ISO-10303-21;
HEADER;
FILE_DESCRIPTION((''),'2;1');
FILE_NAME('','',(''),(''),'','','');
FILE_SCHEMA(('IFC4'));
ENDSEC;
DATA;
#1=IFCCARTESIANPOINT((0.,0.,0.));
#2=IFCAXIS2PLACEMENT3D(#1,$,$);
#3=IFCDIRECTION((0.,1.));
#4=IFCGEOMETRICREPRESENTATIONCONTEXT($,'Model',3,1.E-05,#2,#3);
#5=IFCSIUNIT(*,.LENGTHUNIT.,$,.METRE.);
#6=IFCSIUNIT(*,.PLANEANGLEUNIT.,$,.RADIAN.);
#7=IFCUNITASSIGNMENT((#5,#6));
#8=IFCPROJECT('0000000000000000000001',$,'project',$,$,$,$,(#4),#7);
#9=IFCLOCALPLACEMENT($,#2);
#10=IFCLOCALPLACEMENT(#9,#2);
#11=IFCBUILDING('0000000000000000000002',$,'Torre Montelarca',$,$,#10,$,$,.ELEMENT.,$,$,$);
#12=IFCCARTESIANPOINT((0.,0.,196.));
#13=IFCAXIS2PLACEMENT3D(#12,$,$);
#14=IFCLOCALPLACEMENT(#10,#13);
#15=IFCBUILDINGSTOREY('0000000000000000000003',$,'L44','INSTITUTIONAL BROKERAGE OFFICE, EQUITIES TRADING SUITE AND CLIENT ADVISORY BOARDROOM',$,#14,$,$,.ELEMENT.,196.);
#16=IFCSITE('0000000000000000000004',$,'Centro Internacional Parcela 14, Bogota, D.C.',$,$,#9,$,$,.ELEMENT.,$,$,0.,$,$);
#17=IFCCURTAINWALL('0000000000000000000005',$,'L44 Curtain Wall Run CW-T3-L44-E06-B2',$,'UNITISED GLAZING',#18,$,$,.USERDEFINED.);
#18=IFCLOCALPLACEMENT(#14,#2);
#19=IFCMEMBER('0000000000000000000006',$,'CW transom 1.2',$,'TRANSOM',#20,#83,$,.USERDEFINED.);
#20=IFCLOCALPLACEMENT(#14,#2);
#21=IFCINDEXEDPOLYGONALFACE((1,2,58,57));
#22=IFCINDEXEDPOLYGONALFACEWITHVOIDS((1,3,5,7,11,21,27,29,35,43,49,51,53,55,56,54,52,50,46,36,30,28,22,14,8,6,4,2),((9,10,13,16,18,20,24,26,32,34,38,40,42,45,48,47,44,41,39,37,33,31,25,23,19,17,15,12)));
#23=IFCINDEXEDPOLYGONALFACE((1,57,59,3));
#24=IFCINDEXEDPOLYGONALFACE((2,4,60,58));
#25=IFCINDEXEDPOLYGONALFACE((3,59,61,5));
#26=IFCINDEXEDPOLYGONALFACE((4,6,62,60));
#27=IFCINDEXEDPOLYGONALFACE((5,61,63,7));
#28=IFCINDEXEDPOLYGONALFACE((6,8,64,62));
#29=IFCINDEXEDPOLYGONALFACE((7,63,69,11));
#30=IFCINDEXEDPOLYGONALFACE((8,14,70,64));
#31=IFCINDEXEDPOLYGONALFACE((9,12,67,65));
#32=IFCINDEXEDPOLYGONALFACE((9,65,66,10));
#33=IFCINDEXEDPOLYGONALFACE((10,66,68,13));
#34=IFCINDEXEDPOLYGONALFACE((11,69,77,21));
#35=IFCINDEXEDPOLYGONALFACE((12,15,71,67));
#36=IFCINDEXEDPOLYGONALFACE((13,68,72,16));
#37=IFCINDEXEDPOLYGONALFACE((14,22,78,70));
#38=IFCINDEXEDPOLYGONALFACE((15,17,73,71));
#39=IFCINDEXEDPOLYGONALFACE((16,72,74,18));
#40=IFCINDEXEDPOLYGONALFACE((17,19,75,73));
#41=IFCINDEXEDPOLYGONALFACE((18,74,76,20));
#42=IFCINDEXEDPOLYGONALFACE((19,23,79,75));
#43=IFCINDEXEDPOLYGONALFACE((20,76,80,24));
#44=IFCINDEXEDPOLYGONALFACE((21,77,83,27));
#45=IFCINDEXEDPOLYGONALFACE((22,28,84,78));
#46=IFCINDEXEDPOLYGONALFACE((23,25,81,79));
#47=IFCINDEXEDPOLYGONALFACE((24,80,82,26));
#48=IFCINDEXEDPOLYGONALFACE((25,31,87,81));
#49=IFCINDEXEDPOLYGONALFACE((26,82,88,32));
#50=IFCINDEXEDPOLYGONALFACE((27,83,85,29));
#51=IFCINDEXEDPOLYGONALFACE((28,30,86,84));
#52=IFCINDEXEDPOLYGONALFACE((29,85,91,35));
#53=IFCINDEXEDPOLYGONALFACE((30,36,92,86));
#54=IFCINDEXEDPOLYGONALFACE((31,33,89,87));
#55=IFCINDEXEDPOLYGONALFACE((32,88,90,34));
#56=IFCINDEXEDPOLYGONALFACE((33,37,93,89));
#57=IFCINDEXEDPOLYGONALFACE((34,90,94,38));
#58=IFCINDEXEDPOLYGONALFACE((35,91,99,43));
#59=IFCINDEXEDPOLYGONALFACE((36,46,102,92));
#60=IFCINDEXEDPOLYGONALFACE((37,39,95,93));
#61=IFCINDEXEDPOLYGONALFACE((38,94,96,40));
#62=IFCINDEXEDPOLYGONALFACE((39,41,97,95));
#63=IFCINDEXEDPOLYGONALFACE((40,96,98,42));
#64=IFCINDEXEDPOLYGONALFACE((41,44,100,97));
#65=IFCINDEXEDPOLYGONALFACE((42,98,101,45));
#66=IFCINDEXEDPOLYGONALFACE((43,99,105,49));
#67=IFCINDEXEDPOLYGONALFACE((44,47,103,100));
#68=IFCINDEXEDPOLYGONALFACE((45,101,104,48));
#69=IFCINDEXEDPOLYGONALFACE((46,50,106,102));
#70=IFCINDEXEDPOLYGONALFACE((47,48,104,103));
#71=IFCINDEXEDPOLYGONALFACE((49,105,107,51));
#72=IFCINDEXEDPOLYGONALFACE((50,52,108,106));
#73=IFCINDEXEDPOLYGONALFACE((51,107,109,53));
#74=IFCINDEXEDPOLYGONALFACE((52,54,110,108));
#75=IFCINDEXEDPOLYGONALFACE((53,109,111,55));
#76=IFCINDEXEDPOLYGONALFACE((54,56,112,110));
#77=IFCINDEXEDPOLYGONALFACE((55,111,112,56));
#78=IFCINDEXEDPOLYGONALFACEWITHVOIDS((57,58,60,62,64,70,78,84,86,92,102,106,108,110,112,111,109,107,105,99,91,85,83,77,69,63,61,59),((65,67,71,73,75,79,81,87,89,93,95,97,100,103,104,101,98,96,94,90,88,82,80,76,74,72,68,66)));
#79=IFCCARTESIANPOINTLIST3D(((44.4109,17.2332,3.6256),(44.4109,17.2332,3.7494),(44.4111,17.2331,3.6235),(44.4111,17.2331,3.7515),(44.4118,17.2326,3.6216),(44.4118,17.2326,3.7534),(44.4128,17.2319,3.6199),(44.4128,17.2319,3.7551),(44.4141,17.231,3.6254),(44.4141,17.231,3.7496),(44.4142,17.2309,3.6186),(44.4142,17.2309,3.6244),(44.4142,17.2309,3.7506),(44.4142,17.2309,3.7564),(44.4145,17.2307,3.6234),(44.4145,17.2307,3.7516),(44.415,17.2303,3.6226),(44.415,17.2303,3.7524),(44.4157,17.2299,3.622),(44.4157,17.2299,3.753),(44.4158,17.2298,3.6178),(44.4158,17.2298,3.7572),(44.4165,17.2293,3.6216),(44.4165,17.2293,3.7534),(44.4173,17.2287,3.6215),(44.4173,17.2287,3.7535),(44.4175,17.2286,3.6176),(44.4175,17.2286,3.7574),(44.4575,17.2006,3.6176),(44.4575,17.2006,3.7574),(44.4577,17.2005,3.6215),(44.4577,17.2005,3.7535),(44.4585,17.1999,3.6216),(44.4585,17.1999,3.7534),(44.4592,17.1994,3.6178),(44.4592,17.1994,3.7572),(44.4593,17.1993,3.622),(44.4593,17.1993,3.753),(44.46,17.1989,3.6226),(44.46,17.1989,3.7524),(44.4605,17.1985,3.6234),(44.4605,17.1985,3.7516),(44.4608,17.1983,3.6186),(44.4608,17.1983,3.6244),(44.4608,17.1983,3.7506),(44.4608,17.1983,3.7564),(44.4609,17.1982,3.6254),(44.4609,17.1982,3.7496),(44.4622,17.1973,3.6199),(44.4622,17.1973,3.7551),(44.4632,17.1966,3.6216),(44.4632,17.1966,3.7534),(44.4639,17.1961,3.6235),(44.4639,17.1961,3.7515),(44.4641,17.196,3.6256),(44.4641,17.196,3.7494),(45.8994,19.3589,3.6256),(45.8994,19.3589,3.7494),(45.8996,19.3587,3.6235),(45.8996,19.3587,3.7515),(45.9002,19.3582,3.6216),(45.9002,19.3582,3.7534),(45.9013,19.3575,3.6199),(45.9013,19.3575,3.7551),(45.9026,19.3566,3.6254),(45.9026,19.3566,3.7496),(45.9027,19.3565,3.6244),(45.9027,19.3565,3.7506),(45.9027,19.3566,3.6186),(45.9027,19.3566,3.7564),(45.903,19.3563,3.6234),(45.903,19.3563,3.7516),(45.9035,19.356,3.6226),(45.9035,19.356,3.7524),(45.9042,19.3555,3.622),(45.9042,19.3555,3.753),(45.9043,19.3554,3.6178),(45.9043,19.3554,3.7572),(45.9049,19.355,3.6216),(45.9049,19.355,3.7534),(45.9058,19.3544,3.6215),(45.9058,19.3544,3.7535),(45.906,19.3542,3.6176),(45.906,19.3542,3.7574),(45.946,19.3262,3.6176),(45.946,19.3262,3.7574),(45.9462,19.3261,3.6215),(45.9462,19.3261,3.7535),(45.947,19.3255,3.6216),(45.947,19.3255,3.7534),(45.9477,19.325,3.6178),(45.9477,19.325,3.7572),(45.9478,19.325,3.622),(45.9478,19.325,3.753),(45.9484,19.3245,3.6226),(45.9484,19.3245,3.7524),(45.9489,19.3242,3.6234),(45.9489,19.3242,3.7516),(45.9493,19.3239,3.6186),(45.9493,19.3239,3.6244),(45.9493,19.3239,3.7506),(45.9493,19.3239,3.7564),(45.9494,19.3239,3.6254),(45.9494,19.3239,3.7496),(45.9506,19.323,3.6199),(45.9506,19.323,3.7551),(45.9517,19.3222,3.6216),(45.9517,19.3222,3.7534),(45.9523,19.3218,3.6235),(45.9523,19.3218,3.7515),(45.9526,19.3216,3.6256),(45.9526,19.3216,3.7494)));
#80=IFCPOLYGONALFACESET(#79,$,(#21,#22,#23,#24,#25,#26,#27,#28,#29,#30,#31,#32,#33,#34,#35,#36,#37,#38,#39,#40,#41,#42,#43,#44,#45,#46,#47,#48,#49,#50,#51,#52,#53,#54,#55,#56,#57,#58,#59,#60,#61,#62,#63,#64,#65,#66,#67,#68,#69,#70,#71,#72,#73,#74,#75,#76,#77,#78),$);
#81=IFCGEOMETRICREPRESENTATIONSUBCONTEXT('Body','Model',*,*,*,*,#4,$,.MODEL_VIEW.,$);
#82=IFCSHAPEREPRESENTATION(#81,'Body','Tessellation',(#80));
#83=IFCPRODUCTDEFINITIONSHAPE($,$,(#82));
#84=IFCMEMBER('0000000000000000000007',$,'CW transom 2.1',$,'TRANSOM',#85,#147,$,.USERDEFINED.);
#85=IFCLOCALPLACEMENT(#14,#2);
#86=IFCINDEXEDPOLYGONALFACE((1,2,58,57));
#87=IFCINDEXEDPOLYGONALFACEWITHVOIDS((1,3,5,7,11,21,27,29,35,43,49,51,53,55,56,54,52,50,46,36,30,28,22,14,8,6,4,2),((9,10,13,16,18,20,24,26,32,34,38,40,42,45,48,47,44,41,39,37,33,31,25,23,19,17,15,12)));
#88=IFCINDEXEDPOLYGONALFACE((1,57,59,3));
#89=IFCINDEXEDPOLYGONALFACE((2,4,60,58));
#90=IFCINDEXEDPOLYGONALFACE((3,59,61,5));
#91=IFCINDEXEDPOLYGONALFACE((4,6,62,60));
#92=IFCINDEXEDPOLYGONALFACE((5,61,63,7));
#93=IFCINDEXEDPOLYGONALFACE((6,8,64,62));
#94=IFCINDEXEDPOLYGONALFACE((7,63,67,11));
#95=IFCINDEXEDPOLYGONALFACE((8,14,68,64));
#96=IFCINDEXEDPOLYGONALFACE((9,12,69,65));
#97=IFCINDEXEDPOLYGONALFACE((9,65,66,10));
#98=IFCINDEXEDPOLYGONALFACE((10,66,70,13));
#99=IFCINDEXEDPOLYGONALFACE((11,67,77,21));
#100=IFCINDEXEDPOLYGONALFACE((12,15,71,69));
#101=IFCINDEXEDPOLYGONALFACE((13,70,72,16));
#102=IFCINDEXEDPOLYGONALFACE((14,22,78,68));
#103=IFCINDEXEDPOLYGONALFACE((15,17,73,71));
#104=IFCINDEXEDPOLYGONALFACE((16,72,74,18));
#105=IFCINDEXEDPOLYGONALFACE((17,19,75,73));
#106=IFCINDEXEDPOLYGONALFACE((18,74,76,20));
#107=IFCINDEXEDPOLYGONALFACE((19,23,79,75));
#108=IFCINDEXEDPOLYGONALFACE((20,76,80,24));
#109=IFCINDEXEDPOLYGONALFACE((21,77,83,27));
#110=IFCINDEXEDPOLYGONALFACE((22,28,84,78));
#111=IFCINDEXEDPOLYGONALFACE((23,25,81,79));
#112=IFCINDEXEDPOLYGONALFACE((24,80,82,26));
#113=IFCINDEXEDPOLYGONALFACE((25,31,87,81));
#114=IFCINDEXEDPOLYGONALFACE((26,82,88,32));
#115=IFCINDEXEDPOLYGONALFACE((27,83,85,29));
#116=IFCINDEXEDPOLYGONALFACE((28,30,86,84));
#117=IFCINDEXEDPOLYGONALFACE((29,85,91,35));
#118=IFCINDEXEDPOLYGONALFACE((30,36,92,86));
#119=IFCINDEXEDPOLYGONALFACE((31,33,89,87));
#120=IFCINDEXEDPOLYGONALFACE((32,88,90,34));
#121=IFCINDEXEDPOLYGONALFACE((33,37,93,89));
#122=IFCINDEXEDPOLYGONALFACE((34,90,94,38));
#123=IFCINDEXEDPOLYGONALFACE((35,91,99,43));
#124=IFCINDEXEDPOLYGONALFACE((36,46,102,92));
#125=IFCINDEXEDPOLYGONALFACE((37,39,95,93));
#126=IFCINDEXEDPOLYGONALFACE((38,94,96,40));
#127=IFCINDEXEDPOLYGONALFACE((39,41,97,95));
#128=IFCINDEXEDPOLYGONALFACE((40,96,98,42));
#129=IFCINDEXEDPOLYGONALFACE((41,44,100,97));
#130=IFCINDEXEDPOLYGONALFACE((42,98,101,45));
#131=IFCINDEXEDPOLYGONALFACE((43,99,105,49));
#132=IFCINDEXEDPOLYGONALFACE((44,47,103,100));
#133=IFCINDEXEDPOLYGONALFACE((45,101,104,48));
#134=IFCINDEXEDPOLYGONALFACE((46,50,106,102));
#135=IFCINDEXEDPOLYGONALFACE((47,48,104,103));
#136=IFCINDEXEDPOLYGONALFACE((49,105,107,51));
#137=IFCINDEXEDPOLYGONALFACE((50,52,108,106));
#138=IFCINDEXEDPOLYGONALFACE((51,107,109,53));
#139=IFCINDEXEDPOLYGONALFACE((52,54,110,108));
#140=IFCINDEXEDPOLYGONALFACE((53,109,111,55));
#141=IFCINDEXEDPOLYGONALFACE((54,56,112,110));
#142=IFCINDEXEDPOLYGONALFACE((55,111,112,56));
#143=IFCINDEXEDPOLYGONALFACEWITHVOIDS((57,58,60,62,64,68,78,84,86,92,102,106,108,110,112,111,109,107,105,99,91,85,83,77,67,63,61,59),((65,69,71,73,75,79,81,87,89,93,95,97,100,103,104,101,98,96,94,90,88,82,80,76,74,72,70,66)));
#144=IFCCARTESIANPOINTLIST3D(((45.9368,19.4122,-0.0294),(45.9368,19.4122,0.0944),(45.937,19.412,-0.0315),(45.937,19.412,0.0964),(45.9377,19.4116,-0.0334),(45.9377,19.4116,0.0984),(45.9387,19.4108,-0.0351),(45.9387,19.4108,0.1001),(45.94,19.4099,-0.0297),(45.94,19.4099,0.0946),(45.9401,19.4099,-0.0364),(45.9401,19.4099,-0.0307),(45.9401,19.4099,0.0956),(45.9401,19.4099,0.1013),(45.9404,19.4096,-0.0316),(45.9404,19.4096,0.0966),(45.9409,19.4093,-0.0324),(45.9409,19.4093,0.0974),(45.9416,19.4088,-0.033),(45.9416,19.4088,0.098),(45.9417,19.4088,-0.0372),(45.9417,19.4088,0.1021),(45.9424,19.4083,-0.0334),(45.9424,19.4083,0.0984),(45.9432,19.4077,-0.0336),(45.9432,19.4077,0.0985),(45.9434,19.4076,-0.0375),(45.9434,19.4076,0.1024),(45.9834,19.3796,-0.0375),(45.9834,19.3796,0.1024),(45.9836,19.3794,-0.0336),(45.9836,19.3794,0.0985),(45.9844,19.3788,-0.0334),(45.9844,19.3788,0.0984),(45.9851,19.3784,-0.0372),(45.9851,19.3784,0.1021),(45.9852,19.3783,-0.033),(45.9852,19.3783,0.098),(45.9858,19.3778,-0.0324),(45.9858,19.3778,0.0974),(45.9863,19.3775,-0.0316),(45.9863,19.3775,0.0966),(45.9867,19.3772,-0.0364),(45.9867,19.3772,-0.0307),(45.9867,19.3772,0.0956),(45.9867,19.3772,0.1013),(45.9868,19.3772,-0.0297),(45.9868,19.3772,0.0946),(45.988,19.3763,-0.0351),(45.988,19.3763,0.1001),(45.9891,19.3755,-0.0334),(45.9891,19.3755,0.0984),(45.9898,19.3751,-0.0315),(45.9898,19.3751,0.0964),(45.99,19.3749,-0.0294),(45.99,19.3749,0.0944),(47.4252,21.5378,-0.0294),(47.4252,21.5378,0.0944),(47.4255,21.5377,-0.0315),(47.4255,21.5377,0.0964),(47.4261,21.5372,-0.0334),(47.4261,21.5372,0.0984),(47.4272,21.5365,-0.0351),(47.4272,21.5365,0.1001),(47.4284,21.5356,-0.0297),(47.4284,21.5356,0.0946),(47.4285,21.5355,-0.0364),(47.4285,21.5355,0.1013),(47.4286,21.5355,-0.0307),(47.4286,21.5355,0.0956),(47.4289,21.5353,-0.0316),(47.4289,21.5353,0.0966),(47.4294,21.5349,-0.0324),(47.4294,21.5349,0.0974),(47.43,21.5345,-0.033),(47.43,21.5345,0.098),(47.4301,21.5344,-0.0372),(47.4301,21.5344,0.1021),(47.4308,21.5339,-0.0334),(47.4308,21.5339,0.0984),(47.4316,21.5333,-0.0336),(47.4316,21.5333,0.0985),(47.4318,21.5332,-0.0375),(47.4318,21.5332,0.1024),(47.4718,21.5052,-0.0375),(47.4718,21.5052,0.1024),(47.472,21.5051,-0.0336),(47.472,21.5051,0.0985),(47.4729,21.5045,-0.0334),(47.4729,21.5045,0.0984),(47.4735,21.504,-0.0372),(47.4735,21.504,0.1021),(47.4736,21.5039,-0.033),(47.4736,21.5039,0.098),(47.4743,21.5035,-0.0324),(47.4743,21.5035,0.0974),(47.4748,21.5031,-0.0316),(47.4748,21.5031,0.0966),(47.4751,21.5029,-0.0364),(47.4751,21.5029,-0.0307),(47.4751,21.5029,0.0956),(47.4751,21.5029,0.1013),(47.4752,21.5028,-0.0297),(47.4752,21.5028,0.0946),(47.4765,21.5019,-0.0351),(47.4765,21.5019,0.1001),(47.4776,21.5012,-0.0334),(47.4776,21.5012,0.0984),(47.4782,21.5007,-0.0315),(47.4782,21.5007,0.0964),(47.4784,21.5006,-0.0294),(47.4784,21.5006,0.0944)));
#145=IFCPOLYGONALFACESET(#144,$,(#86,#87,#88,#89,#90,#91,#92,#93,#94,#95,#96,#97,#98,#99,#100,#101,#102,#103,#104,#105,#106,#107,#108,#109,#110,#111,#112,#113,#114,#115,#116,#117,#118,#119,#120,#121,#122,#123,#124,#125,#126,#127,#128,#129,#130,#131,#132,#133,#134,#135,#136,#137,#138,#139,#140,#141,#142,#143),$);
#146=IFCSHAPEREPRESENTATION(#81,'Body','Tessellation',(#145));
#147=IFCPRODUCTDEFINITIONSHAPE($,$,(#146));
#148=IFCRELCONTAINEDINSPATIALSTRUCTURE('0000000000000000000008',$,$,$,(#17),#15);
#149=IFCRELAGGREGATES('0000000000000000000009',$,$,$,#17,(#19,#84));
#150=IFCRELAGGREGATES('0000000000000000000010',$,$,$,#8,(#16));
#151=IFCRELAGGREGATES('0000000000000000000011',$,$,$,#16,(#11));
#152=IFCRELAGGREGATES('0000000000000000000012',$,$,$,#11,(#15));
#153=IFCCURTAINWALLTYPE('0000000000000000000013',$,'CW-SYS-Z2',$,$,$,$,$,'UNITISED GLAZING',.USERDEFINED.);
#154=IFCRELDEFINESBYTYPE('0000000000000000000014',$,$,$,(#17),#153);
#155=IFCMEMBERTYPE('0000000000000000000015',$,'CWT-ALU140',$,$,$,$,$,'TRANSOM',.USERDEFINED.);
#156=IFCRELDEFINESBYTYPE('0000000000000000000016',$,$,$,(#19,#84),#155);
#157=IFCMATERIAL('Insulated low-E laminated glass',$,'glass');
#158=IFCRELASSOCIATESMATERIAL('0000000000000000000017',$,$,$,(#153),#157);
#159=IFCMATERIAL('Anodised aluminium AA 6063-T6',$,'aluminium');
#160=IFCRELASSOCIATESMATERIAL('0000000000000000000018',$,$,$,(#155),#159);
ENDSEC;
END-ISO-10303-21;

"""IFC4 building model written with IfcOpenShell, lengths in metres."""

from ifc_helpers import new_model, si_unit, direction, frame, origin, origin_2d, place, context, subcontext, project, spatial, hollow_rectangle, extrude, source, transform, mapped, material, material_profile, profile_set, type_object, element, aggregate, save


model = new_model("IFC4")

# Units and contexts
model_context = context("Model", 3, precision=1e-05, world=origin(), true_north=direction((0.0, 1.0)))
body_context = subcontext(model_context, "Body", "Model", "MODEL_VIEW")
ifc_project = project(units=[si_unit("LENGTHUNIT", "METRE"), si_unit("PLANEANGLEUNIT", "RADIAN")], contexts=[model_context])

# Site, building, storey
site_placement = place(None, origin())
site = spatial("IfcSite", under=ifc_project, at=site_placement, Name="Centro Internacional Parcela 14, Bogota, D.C.", CompositionType="ELEMENT", RefElevation=0.0)
building_placement = place(site_placement, origin())
building = spatial("IfcBuilding", under=site, at=building_placement, Name="Torre Montelarca", CompositionType="ELEMENT")
storey_placement = place(building_placement, frame((0.0, 0.0, 196.0)))
storey = spatial("IfcBuildingStorey", under=building, at=storey_placement, Name="L44", Description="INSTITUTIONAL BROKERAGE OFFICE, EQUITIES TRADING SUITE AND CLIENT ADVISORY BOARDROOM", CompositionType="ELEMENT", Elevation=196.0)

# Shared definitions
ifc_material_1 = material(Name="Insulated low-E laminated glass", Category="glass")
curtain_wall_type = type_object("IfcCurtainWallType", Name="CW-SYS-Z2", ElementType="UNITISED GLAZING", PredefinedType="USERDEFINED", material=ifc_material_1)
ifc_material_2 = material(Name="Anodised aluminium AA 6063-T6", Category="aluminium")
ifc_material_profile_1 = material_profile(ifc_material_2, hollow_rectangle(XDim=0.0649, YDim=0.1399, WallThickness=0.0039, InnerFilletRadius=0.0039, OuterFilletRadius=0.0081, at=origin_2d()), Name="ALU65X140X4", Category="aluminium")
ifc_profile_set_1 = profile_set([ifc_material_profile_1], Name="Anodised aluminium AA 6063-T6")
member_type_1 = type_object("IfcMemberType", Name="CWT-ALU140", ElementType="TRANSOM", PredefinedType="USERDEFINED", material=ifc_profile_set_1)

# Curtain wall
curtain_wall_1_placement = place(storey_placement, origin())
curtain_wall_1 = element("IfcCurtainWall", 1, at=curtain_wall_1_placement, inside=storey, type_object=curtain_wall_type, Name="L44 Curtain Wall Run CW-T3-L44-E06-B2", ObjectType="UNITISED GLAZING", PredefinedType="USERDEFINED")

# Members
shared_shape_1 = source(origin(), body_context, "Body", "SweptSolid", [
    extrude(hollow_rectangle(XDim=0.0649, YDim=0.1399, WallThickness=0.0039, InnerFilletRadius=0.0039, OuterFilletRadius=0.0081, at=origin_2d()), origin(), (0.0, 0.0, 1.0), 2.595),
])
member_1_placement = place(storey_placement, frame((44.4375, 17.2146, 3.6875), z_axis=(0.573595, 0.819139, 0.0), x_axis=(-0.819139, 0.573595, 0.0)))
member_1 = element("IfcMember", 2, at=member_1_placement, type_object=member_type_1, Name="CW transom 1.2", ObjectType="TRANSOM", PredefinedType="USERDEFINED", context=body_context, shape_type="MappedRepresentation", body=[
    mapped(shared_shape_1, transform((0.0, 0.0, 0.0), scale=1.0)),
])
member_2_placement = place(storey_placement, frame((45.9634, 19.3936, 0.0325), z_axis=(0.573595, 0.819139, 0.0), x_axis=(-0.819139, 0.573595, 0.0)))
member_2 = element("IfcMember", 3, at=member_2_placement, type_object=member_type_1, Name="CW transom 2.1", ObjectType="TRANSOM", PredefinedType="USERDEFINED", context=body_context, shape_type="MappedRepresentation", body=[
    mapped(shared_shape_1, transform((0.0, 0.0, 0.0), scale=1.0)),
])

aggregate(curtain_wall_1, [member_1, member_2])

save(model, "model.ifc")
